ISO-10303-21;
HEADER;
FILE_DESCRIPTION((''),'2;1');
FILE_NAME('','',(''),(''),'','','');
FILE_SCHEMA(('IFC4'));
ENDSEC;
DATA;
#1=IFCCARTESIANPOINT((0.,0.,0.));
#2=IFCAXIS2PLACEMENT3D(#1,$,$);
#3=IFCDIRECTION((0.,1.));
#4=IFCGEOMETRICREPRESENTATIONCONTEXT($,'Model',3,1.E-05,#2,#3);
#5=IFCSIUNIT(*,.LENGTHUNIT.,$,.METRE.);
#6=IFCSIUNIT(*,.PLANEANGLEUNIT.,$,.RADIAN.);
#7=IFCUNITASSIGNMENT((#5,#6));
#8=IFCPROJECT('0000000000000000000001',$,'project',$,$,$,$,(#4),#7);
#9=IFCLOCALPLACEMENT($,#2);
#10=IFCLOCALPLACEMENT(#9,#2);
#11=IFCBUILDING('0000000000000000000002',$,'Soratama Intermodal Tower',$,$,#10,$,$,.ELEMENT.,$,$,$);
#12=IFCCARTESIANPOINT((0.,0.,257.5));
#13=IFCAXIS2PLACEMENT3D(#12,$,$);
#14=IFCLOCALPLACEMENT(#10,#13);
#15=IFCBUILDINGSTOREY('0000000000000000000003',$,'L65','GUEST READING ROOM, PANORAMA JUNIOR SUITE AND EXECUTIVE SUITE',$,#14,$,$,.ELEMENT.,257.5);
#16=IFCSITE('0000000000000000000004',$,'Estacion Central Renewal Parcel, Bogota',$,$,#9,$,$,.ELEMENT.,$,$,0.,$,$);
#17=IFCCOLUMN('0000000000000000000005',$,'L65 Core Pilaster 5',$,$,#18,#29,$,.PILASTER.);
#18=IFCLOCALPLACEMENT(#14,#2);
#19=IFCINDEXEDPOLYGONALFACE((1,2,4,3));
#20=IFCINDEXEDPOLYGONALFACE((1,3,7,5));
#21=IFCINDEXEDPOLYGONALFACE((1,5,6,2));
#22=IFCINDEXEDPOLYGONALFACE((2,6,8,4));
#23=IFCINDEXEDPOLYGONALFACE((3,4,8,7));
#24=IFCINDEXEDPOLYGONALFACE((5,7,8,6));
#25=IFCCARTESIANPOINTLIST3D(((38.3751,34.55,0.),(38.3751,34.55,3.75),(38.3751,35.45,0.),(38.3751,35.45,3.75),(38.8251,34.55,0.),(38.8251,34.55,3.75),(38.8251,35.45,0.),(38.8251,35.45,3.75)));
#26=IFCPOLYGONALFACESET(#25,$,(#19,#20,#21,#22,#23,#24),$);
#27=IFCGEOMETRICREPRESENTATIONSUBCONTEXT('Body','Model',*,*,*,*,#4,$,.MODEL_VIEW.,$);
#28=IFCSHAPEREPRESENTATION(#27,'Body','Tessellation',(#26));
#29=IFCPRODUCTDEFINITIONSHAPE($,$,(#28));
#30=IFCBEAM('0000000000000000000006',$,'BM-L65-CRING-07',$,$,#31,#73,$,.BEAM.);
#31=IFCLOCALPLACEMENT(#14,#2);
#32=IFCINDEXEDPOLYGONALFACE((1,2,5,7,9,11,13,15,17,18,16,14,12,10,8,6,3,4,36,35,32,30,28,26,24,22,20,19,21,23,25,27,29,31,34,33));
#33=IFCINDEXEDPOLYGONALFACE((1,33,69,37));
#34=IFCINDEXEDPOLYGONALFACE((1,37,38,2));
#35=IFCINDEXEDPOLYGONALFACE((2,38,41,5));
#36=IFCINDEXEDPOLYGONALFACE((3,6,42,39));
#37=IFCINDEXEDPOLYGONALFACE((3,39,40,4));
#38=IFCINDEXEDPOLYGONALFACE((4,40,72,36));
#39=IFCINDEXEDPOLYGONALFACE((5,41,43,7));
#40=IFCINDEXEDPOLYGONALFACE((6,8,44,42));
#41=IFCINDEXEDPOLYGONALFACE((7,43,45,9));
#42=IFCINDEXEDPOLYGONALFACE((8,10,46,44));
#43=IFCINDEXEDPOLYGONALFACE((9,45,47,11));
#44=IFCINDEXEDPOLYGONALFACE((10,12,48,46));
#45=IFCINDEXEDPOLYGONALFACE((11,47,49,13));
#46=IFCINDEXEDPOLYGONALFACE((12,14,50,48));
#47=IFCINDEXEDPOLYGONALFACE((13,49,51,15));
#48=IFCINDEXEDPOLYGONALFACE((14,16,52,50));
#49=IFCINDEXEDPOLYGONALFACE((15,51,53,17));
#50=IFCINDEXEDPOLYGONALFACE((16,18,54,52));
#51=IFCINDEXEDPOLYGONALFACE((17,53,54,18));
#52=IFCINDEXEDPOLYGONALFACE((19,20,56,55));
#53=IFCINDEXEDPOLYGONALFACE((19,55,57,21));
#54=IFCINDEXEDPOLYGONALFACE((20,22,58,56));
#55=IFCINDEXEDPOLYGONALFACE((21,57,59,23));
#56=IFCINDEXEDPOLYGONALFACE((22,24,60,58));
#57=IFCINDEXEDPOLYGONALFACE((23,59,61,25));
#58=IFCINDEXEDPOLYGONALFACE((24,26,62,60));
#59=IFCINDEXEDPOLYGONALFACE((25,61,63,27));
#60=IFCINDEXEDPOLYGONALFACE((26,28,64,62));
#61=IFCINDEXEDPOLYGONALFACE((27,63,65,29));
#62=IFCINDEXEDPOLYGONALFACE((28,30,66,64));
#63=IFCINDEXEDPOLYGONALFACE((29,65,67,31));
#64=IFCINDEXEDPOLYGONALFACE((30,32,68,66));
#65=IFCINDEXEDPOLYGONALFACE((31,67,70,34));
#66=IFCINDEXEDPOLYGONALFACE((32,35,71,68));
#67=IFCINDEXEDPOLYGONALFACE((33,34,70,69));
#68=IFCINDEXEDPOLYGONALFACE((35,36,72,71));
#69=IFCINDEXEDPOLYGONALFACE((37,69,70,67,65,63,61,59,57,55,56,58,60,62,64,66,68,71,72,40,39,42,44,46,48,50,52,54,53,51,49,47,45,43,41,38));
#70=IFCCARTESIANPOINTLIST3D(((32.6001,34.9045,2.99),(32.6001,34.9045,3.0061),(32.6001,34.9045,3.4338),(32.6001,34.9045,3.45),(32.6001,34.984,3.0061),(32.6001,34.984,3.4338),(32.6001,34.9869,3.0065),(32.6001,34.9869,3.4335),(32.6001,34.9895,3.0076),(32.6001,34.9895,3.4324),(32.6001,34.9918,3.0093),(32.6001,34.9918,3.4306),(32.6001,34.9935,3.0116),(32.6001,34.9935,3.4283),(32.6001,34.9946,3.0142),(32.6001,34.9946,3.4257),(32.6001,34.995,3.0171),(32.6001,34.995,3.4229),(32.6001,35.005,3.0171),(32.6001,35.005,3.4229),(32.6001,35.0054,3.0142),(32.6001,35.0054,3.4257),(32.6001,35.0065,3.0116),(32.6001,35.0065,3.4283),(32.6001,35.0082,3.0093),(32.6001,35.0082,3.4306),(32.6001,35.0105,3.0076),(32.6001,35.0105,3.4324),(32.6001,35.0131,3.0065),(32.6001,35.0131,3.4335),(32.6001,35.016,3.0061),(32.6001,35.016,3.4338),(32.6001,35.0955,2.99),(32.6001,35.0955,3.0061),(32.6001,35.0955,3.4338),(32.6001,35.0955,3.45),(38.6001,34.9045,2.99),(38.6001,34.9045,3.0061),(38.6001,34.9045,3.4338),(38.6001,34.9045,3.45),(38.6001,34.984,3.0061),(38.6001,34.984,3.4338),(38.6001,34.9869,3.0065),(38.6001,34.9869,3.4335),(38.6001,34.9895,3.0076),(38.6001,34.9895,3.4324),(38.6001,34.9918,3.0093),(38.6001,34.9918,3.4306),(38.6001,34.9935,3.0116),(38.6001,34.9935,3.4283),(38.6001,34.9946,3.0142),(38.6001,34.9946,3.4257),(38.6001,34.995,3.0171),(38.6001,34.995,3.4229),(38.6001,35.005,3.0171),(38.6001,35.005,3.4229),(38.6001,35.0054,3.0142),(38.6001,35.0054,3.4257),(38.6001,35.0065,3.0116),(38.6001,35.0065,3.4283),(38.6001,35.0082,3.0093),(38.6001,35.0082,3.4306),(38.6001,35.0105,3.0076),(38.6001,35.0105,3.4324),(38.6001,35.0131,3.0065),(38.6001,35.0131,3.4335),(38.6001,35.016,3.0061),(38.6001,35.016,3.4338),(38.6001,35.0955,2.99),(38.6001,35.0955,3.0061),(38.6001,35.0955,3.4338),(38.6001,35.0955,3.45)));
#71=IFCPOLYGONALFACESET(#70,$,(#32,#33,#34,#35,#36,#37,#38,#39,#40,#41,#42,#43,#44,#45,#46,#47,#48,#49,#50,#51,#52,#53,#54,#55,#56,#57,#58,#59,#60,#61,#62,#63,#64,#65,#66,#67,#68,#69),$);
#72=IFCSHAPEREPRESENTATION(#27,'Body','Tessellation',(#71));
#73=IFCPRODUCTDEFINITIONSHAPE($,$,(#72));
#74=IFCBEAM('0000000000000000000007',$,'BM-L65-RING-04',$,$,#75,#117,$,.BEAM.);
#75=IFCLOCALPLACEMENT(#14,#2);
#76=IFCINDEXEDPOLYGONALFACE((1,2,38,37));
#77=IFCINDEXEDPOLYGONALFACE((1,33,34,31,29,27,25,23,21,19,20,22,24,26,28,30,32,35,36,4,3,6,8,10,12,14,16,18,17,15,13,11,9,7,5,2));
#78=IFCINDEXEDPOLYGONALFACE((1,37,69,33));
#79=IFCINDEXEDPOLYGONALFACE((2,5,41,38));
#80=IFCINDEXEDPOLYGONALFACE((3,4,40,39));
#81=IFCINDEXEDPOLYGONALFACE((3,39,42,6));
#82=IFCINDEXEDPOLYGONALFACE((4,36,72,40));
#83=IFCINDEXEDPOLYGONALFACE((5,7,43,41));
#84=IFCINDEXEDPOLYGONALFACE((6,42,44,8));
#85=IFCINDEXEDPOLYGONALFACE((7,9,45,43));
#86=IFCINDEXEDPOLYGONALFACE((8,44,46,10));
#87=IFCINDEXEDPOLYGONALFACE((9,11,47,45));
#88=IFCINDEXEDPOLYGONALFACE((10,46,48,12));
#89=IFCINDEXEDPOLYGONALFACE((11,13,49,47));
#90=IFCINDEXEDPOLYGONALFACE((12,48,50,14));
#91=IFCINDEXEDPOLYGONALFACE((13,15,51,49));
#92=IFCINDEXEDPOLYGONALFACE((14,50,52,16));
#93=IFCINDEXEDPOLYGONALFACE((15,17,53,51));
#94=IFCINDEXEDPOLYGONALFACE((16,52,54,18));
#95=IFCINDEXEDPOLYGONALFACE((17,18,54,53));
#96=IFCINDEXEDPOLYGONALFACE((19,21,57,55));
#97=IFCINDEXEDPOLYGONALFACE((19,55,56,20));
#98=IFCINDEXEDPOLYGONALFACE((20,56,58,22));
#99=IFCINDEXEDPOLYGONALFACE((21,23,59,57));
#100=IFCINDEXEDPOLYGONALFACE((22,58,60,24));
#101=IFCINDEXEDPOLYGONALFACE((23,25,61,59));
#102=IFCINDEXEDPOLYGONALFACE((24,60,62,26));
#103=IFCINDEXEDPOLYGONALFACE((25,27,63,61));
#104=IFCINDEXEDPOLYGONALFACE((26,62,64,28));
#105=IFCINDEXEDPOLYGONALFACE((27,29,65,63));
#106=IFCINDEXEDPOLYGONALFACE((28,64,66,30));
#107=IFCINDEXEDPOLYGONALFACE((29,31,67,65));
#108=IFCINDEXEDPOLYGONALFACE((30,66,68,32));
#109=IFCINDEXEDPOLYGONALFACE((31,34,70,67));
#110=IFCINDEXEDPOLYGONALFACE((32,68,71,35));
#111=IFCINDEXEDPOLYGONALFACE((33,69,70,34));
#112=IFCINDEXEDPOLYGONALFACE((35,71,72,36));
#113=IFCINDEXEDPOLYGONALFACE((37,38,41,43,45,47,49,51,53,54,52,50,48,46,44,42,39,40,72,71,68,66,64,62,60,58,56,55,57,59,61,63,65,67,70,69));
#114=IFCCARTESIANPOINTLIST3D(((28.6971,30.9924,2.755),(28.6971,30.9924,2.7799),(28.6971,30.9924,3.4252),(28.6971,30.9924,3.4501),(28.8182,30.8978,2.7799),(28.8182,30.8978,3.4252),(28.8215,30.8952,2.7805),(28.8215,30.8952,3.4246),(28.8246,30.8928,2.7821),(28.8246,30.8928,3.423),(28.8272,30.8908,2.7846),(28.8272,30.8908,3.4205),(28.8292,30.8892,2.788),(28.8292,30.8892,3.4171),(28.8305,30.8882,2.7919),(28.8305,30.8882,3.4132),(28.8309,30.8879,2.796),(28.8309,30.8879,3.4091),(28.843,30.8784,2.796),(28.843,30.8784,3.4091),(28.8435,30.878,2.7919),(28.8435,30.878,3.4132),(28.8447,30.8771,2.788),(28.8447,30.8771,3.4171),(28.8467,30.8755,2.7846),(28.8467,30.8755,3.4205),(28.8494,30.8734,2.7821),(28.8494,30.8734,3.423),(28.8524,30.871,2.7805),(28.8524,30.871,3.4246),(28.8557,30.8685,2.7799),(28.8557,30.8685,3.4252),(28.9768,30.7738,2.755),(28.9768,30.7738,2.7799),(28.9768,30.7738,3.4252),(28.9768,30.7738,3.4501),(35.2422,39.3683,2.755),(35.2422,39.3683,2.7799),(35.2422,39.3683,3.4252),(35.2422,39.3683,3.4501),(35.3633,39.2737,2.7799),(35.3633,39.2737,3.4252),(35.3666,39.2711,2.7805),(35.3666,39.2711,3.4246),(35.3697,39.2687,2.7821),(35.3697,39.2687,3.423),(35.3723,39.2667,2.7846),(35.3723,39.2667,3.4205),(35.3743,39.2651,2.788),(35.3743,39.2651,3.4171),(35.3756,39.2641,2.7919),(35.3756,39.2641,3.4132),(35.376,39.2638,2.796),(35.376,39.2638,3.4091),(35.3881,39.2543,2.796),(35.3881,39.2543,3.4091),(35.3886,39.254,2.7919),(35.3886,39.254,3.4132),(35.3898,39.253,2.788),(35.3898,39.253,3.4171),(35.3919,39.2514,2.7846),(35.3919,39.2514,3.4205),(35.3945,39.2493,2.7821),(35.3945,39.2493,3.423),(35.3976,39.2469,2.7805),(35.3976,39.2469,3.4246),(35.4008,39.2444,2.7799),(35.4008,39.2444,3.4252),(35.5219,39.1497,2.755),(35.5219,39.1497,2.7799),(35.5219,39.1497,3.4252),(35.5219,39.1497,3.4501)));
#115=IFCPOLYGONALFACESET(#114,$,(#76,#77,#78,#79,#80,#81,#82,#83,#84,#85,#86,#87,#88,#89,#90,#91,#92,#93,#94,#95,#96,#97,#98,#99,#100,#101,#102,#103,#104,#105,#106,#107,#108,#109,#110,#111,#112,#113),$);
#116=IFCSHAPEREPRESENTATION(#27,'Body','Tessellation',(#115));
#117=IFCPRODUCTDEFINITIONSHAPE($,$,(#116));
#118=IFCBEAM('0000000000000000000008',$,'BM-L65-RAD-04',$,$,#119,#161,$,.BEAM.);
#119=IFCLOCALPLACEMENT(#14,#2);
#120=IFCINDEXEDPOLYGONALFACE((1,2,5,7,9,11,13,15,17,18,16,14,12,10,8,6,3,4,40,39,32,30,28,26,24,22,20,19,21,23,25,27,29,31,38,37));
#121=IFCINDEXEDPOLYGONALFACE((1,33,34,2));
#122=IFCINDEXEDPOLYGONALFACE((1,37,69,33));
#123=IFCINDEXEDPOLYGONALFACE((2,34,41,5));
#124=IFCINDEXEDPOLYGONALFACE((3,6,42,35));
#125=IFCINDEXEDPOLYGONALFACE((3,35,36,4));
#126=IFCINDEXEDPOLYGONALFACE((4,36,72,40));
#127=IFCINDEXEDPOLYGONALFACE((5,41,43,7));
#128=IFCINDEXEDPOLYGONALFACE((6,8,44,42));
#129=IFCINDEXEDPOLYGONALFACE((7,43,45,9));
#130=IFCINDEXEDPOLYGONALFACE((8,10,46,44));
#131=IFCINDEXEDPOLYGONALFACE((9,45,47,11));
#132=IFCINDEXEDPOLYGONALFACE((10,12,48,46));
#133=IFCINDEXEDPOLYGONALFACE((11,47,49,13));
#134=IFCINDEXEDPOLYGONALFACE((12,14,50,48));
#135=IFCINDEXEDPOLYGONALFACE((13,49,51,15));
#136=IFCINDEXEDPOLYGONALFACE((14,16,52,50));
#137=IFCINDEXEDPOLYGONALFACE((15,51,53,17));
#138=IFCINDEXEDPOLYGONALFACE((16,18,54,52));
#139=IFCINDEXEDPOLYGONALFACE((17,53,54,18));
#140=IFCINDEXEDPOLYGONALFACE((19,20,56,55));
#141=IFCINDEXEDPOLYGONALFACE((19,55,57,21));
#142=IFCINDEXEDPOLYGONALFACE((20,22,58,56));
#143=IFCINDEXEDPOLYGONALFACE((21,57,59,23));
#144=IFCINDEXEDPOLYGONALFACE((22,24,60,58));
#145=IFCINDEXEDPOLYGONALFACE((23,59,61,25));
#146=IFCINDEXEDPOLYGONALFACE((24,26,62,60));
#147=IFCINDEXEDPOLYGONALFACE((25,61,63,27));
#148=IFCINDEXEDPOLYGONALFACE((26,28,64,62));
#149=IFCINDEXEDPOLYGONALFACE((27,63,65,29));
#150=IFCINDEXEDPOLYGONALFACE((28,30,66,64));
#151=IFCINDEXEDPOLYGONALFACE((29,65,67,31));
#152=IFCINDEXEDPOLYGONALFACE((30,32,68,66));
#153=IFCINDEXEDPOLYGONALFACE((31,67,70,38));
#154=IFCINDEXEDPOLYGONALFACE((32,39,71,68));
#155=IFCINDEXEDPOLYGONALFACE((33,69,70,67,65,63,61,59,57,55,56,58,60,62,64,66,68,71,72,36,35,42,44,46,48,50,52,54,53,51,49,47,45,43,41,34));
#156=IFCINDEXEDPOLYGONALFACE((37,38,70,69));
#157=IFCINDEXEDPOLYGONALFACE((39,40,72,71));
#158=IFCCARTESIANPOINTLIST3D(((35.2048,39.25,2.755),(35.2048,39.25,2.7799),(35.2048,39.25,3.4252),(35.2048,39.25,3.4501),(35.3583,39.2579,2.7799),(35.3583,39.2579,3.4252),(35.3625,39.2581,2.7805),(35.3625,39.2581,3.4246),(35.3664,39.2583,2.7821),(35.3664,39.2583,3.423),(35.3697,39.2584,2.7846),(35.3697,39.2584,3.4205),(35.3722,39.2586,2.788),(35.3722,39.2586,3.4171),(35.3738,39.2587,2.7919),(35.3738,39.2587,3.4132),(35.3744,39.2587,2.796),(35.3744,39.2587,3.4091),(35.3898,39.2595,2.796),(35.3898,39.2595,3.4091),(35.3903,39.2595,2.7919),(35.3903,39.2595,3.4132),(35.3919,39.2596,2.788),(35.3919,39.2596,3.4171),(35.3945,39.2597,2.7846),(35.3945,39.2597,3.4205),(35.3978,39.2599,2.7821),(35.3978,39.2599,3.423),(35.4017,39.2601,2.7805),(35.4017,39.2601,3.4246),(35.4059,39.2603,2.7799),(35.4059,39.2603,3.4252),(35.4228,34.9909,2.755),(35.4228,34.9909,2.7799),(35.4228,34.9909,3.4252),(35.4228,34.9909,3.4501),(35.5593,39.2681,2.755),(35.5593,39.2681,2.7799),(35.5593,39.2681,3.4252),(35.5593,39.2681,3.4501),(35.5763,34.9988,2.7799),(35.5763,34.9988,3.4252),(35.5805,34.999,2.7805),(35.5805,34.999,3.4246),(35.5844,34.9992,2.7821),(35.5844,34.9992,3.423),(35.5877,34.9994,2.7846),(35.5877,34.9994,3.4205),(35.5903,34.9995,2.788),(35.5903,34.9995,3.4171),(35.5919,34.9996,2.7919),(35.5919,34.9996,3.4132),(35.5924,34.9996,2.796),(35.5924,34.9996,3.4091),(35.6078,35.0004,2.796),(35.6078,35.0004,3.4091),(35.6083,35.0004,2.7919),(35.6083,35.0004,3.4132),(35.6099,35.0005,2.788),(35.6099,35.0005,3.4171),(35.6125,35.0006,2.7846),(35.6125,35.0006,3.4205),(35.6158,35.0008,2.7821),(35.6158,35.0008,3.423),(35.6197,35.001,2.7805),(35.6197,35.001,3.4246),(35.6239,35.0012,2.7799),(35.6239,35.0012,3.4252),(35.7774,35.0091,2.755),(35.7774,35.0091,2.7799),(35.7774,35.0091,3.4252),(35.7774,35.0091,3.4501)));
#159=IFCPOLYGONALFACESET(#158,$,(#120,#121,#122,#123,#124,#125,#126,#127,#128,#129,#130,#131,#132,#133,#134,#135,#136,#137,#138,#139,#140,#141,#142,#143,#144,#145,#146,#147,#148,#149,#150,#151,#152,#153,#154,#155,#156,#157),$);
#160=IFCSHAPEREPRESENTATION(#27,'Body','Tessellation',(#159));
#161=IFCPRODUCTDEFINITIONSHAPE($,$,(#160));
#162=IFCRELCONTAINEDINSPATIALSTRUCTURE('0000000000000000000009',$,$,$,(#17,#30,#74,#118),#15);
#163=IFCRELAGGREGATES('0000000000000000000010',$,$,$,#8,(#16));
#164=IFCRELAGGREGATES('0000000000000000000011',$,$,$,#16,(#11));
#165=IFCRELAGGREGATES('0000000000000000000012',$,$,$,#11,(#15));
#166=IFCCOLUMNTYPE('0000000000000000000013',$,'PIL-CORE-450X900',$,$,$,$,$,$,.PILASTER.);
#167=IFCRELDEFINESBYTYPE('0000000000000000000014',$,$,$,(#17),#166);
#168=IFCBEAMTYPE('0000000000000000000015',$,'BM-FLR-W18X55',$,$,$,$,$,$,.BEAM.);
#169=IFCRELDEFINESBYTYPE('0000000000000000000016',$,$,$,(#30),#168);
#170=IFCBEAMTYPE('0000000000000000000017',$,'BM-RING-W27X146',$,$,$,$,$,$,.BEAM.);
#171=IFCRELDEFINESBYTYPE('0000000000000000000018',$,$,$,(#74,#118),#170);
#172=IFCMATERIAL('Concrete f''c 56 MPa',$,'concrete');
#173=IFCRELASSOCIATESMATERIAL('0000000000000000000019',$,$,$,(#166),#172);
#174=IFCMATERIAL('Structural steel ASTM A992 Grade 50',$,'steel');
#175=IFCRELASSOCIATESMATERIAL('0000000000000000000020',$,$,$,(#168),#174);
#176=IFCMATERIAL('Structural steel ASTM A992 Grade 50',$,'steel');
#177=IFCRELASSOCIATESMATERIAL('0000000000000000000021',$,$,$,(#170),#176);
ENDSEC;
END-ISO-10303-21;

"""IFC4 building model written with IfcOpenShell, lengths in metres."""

from ifc_helpers import new_model, si_unit, direction, frame, origin, origin_2d, place, context, subcontext, project, spatial, rectangle, i_section, extrude, material, material_profile, profile_set, type_object, element, save


model = new_model("IFC4")

# Units and contexts
model_context = context("Model", 3, precision=1e-05, world=origin(), true_north=direction((0.0, 1.0)))
body_context = subcontext(model_context, "Body", "Model", "MODEL_VIEW")
ifc_project = project(units=[si_unit("LENGTHUNIT", "METRE"), si_unit("PLANEANGLEUNIT", "RADIAN")], contexts=[model_context])

# Site, building, storey
site_placement = place(None, origin())
site = spatial("IfcSite", under=ifc_project, at=site_placement, Name="Estacion Central Renewal Parcel, Bogota", CompositionType="ELEMENT", RefElevation=0.0)
building_placement = place(site_placement, origin())
building = spatial("IfcBuilding", under=site, at=building_placement, Name="Soratama Intermodal Tower", CompositionType="ELEMENT")
storey_placement = place(building_placement, frame((0.0, 0.0, 257.5)))
storey = spatial("IfcBuildingStorey", under=building, at=storey_placement, Name="L65", Description="GUEST READING ROOM, PANORAMA JUNIOR SUITE AND EXECUTIVE SUITE", CompositionType="ELEMENT", Elevation=257.5)

# Column
ifc_material_1 = material(Name="Concrete f'c 56 MPa", Category="concrete")
ifc_material_profile_1 = material_profile(ifc_material_1, rectangle(XDim=0.45, YDim=0.8999, at=origin_2d()), Name="RC450X900")
ifc_profile_set_1 = profile_set([ifc_material_profile_1], Name="Concrete f'c 56 MPa")
column_type = type_object("IfcColumnType", Name="PIL-CORE-450X900", PredefinedType="PILASTER", material=ifc_profile_set_1)
column_placement = place(storey_placement, frame((38.6001, 35.0, 0.0), z_axis=(0.0, 0.0, 1.0), x_axis=(1.0, 0.0, 0.0)))
element("IfcColumn", 1, at=column_placement, inside=storey, type_object=column_type, Name="L65 Core Pilaster 5", PredefinedType="PILASTER", context=body_context, shape_type="SweptSolid", body=[
    extrude(rectangle(XDim=0.45, YDim=0.8999, at=origin_2d()), origin(), (0.0, 0.0, 1.0), 3.75),
])

# Beams
ifc_material_2 = material(Name="Structural steel ASTM A992 Grade 50", Category="steel")
ifc_material_profile_2 = material_profile(ifc_material_2, i_section(OverallWidth=0.1909, OverallDepth=0.46, WebThickness=0.01, FlangeThickness=0.0161, FilletRadius=0.011, at=origin_2d()), Name="W18X55")
ifc_profile_set_2 = profile_set([ifc_material_profile_2], Name="Structural steel ASTM A992 Grade 50")
beam_type_1 = type_object("IfcBeamType", Name="BM-FLR-W18X55", PredefinedType="BEAM", material=ifc_profile_set_2)
beam_1_placement = place(storey_placement, frame((38.6001, 35.0, 3.22), z_axis=(-1.0, 0.0, 0.0), x_axis=(0.0, -1.0, 0.0)))
element("IfcBeam", 2, at=beam_1_placement, inside=storey, type_object=beam_type_1, Name="BM-L65-CRING-07", PredefinedType="BEAM", context=body_context, shape_type="SweptSolid", body=[
    extrude(i_section(OverallWidth=0.1909, OverallDepth=0.46, WebThickness=0.01, FlangeThickness=0.0161, FilletRadius=0.011, at=origin_2d()), origin(), (0.0, 0.0, 1.0), 6.0),
])
ifc_material_3 = material(Name="Structural steel ASTM A992 Grade 50", Category="steel")
ifc_material_profile_3 = material_profile(ifc_material_3, i_section(OverallWidth=0.355, OverallDepth=0.6951, WebThickness=0.0154, FlangeThickness=0.0249, FilletRadius=0.0161, at=origin_2d()), Name="W27X146")
ifc_profile_set_3 = profile_set([ifc_material_profile_3], Name="Structural steel ASTM A992 Grade 50")
beam_type_2 = type_object("IfcBeamType", Name="BM-RING-W27X146", PredefinedType="BEAM", material=ifc_profile_set_3)
beam_2_placement = place(storey_placement, frame((35.3821, 39.259, 3.1025), z_axis=(-0.615728, -0.787959, 0.0), x_axis=(0.787959, -0.615728, 0.0)))
element("IfcBeam", 3, at=beam_2_placement, inside=storey, type_object=beam_type_2, Name="BM-L65-RING-04", PredefinedType="BEAM", context=body_context, shape_type="SweptSolid", body=[
    extrude(i_section(OverallWidth=0.355, OverallDepth=0.6951, WebThickness=0.0154, FlangeThickness=0.0249, FilletRadius=0.0161, at=origin_2d()), origin(), (0.0, 0.0, 1.0), 10.6299),
])
beam_3_placement = place(storey_placement, frame((35.6001, 35.0, 3.1025), z_axis=(-0.051123, 0.998692, 0.0), x_axis=(-0.998692, -0.051123, 0.0)))
element("IfcBeam", 4, at=beam_3_placement, inside=storey, type_object=beam_type_2, Name="BM-L65-RAD-04", PredefinedType="BEAM", context=body_context, shape_type="SweptSolid", body=[
    extrude(i_section(OverallWidth=0.355, OverallDepth=0.6951, WebThickness=0.0154, FlangeThickness=0.0249, FilletRadius=0.0161, at=origin_2d()), origin(), (0.0, 0.0, 1.0), 4.2646),
])

save(model, "model.ifc")
